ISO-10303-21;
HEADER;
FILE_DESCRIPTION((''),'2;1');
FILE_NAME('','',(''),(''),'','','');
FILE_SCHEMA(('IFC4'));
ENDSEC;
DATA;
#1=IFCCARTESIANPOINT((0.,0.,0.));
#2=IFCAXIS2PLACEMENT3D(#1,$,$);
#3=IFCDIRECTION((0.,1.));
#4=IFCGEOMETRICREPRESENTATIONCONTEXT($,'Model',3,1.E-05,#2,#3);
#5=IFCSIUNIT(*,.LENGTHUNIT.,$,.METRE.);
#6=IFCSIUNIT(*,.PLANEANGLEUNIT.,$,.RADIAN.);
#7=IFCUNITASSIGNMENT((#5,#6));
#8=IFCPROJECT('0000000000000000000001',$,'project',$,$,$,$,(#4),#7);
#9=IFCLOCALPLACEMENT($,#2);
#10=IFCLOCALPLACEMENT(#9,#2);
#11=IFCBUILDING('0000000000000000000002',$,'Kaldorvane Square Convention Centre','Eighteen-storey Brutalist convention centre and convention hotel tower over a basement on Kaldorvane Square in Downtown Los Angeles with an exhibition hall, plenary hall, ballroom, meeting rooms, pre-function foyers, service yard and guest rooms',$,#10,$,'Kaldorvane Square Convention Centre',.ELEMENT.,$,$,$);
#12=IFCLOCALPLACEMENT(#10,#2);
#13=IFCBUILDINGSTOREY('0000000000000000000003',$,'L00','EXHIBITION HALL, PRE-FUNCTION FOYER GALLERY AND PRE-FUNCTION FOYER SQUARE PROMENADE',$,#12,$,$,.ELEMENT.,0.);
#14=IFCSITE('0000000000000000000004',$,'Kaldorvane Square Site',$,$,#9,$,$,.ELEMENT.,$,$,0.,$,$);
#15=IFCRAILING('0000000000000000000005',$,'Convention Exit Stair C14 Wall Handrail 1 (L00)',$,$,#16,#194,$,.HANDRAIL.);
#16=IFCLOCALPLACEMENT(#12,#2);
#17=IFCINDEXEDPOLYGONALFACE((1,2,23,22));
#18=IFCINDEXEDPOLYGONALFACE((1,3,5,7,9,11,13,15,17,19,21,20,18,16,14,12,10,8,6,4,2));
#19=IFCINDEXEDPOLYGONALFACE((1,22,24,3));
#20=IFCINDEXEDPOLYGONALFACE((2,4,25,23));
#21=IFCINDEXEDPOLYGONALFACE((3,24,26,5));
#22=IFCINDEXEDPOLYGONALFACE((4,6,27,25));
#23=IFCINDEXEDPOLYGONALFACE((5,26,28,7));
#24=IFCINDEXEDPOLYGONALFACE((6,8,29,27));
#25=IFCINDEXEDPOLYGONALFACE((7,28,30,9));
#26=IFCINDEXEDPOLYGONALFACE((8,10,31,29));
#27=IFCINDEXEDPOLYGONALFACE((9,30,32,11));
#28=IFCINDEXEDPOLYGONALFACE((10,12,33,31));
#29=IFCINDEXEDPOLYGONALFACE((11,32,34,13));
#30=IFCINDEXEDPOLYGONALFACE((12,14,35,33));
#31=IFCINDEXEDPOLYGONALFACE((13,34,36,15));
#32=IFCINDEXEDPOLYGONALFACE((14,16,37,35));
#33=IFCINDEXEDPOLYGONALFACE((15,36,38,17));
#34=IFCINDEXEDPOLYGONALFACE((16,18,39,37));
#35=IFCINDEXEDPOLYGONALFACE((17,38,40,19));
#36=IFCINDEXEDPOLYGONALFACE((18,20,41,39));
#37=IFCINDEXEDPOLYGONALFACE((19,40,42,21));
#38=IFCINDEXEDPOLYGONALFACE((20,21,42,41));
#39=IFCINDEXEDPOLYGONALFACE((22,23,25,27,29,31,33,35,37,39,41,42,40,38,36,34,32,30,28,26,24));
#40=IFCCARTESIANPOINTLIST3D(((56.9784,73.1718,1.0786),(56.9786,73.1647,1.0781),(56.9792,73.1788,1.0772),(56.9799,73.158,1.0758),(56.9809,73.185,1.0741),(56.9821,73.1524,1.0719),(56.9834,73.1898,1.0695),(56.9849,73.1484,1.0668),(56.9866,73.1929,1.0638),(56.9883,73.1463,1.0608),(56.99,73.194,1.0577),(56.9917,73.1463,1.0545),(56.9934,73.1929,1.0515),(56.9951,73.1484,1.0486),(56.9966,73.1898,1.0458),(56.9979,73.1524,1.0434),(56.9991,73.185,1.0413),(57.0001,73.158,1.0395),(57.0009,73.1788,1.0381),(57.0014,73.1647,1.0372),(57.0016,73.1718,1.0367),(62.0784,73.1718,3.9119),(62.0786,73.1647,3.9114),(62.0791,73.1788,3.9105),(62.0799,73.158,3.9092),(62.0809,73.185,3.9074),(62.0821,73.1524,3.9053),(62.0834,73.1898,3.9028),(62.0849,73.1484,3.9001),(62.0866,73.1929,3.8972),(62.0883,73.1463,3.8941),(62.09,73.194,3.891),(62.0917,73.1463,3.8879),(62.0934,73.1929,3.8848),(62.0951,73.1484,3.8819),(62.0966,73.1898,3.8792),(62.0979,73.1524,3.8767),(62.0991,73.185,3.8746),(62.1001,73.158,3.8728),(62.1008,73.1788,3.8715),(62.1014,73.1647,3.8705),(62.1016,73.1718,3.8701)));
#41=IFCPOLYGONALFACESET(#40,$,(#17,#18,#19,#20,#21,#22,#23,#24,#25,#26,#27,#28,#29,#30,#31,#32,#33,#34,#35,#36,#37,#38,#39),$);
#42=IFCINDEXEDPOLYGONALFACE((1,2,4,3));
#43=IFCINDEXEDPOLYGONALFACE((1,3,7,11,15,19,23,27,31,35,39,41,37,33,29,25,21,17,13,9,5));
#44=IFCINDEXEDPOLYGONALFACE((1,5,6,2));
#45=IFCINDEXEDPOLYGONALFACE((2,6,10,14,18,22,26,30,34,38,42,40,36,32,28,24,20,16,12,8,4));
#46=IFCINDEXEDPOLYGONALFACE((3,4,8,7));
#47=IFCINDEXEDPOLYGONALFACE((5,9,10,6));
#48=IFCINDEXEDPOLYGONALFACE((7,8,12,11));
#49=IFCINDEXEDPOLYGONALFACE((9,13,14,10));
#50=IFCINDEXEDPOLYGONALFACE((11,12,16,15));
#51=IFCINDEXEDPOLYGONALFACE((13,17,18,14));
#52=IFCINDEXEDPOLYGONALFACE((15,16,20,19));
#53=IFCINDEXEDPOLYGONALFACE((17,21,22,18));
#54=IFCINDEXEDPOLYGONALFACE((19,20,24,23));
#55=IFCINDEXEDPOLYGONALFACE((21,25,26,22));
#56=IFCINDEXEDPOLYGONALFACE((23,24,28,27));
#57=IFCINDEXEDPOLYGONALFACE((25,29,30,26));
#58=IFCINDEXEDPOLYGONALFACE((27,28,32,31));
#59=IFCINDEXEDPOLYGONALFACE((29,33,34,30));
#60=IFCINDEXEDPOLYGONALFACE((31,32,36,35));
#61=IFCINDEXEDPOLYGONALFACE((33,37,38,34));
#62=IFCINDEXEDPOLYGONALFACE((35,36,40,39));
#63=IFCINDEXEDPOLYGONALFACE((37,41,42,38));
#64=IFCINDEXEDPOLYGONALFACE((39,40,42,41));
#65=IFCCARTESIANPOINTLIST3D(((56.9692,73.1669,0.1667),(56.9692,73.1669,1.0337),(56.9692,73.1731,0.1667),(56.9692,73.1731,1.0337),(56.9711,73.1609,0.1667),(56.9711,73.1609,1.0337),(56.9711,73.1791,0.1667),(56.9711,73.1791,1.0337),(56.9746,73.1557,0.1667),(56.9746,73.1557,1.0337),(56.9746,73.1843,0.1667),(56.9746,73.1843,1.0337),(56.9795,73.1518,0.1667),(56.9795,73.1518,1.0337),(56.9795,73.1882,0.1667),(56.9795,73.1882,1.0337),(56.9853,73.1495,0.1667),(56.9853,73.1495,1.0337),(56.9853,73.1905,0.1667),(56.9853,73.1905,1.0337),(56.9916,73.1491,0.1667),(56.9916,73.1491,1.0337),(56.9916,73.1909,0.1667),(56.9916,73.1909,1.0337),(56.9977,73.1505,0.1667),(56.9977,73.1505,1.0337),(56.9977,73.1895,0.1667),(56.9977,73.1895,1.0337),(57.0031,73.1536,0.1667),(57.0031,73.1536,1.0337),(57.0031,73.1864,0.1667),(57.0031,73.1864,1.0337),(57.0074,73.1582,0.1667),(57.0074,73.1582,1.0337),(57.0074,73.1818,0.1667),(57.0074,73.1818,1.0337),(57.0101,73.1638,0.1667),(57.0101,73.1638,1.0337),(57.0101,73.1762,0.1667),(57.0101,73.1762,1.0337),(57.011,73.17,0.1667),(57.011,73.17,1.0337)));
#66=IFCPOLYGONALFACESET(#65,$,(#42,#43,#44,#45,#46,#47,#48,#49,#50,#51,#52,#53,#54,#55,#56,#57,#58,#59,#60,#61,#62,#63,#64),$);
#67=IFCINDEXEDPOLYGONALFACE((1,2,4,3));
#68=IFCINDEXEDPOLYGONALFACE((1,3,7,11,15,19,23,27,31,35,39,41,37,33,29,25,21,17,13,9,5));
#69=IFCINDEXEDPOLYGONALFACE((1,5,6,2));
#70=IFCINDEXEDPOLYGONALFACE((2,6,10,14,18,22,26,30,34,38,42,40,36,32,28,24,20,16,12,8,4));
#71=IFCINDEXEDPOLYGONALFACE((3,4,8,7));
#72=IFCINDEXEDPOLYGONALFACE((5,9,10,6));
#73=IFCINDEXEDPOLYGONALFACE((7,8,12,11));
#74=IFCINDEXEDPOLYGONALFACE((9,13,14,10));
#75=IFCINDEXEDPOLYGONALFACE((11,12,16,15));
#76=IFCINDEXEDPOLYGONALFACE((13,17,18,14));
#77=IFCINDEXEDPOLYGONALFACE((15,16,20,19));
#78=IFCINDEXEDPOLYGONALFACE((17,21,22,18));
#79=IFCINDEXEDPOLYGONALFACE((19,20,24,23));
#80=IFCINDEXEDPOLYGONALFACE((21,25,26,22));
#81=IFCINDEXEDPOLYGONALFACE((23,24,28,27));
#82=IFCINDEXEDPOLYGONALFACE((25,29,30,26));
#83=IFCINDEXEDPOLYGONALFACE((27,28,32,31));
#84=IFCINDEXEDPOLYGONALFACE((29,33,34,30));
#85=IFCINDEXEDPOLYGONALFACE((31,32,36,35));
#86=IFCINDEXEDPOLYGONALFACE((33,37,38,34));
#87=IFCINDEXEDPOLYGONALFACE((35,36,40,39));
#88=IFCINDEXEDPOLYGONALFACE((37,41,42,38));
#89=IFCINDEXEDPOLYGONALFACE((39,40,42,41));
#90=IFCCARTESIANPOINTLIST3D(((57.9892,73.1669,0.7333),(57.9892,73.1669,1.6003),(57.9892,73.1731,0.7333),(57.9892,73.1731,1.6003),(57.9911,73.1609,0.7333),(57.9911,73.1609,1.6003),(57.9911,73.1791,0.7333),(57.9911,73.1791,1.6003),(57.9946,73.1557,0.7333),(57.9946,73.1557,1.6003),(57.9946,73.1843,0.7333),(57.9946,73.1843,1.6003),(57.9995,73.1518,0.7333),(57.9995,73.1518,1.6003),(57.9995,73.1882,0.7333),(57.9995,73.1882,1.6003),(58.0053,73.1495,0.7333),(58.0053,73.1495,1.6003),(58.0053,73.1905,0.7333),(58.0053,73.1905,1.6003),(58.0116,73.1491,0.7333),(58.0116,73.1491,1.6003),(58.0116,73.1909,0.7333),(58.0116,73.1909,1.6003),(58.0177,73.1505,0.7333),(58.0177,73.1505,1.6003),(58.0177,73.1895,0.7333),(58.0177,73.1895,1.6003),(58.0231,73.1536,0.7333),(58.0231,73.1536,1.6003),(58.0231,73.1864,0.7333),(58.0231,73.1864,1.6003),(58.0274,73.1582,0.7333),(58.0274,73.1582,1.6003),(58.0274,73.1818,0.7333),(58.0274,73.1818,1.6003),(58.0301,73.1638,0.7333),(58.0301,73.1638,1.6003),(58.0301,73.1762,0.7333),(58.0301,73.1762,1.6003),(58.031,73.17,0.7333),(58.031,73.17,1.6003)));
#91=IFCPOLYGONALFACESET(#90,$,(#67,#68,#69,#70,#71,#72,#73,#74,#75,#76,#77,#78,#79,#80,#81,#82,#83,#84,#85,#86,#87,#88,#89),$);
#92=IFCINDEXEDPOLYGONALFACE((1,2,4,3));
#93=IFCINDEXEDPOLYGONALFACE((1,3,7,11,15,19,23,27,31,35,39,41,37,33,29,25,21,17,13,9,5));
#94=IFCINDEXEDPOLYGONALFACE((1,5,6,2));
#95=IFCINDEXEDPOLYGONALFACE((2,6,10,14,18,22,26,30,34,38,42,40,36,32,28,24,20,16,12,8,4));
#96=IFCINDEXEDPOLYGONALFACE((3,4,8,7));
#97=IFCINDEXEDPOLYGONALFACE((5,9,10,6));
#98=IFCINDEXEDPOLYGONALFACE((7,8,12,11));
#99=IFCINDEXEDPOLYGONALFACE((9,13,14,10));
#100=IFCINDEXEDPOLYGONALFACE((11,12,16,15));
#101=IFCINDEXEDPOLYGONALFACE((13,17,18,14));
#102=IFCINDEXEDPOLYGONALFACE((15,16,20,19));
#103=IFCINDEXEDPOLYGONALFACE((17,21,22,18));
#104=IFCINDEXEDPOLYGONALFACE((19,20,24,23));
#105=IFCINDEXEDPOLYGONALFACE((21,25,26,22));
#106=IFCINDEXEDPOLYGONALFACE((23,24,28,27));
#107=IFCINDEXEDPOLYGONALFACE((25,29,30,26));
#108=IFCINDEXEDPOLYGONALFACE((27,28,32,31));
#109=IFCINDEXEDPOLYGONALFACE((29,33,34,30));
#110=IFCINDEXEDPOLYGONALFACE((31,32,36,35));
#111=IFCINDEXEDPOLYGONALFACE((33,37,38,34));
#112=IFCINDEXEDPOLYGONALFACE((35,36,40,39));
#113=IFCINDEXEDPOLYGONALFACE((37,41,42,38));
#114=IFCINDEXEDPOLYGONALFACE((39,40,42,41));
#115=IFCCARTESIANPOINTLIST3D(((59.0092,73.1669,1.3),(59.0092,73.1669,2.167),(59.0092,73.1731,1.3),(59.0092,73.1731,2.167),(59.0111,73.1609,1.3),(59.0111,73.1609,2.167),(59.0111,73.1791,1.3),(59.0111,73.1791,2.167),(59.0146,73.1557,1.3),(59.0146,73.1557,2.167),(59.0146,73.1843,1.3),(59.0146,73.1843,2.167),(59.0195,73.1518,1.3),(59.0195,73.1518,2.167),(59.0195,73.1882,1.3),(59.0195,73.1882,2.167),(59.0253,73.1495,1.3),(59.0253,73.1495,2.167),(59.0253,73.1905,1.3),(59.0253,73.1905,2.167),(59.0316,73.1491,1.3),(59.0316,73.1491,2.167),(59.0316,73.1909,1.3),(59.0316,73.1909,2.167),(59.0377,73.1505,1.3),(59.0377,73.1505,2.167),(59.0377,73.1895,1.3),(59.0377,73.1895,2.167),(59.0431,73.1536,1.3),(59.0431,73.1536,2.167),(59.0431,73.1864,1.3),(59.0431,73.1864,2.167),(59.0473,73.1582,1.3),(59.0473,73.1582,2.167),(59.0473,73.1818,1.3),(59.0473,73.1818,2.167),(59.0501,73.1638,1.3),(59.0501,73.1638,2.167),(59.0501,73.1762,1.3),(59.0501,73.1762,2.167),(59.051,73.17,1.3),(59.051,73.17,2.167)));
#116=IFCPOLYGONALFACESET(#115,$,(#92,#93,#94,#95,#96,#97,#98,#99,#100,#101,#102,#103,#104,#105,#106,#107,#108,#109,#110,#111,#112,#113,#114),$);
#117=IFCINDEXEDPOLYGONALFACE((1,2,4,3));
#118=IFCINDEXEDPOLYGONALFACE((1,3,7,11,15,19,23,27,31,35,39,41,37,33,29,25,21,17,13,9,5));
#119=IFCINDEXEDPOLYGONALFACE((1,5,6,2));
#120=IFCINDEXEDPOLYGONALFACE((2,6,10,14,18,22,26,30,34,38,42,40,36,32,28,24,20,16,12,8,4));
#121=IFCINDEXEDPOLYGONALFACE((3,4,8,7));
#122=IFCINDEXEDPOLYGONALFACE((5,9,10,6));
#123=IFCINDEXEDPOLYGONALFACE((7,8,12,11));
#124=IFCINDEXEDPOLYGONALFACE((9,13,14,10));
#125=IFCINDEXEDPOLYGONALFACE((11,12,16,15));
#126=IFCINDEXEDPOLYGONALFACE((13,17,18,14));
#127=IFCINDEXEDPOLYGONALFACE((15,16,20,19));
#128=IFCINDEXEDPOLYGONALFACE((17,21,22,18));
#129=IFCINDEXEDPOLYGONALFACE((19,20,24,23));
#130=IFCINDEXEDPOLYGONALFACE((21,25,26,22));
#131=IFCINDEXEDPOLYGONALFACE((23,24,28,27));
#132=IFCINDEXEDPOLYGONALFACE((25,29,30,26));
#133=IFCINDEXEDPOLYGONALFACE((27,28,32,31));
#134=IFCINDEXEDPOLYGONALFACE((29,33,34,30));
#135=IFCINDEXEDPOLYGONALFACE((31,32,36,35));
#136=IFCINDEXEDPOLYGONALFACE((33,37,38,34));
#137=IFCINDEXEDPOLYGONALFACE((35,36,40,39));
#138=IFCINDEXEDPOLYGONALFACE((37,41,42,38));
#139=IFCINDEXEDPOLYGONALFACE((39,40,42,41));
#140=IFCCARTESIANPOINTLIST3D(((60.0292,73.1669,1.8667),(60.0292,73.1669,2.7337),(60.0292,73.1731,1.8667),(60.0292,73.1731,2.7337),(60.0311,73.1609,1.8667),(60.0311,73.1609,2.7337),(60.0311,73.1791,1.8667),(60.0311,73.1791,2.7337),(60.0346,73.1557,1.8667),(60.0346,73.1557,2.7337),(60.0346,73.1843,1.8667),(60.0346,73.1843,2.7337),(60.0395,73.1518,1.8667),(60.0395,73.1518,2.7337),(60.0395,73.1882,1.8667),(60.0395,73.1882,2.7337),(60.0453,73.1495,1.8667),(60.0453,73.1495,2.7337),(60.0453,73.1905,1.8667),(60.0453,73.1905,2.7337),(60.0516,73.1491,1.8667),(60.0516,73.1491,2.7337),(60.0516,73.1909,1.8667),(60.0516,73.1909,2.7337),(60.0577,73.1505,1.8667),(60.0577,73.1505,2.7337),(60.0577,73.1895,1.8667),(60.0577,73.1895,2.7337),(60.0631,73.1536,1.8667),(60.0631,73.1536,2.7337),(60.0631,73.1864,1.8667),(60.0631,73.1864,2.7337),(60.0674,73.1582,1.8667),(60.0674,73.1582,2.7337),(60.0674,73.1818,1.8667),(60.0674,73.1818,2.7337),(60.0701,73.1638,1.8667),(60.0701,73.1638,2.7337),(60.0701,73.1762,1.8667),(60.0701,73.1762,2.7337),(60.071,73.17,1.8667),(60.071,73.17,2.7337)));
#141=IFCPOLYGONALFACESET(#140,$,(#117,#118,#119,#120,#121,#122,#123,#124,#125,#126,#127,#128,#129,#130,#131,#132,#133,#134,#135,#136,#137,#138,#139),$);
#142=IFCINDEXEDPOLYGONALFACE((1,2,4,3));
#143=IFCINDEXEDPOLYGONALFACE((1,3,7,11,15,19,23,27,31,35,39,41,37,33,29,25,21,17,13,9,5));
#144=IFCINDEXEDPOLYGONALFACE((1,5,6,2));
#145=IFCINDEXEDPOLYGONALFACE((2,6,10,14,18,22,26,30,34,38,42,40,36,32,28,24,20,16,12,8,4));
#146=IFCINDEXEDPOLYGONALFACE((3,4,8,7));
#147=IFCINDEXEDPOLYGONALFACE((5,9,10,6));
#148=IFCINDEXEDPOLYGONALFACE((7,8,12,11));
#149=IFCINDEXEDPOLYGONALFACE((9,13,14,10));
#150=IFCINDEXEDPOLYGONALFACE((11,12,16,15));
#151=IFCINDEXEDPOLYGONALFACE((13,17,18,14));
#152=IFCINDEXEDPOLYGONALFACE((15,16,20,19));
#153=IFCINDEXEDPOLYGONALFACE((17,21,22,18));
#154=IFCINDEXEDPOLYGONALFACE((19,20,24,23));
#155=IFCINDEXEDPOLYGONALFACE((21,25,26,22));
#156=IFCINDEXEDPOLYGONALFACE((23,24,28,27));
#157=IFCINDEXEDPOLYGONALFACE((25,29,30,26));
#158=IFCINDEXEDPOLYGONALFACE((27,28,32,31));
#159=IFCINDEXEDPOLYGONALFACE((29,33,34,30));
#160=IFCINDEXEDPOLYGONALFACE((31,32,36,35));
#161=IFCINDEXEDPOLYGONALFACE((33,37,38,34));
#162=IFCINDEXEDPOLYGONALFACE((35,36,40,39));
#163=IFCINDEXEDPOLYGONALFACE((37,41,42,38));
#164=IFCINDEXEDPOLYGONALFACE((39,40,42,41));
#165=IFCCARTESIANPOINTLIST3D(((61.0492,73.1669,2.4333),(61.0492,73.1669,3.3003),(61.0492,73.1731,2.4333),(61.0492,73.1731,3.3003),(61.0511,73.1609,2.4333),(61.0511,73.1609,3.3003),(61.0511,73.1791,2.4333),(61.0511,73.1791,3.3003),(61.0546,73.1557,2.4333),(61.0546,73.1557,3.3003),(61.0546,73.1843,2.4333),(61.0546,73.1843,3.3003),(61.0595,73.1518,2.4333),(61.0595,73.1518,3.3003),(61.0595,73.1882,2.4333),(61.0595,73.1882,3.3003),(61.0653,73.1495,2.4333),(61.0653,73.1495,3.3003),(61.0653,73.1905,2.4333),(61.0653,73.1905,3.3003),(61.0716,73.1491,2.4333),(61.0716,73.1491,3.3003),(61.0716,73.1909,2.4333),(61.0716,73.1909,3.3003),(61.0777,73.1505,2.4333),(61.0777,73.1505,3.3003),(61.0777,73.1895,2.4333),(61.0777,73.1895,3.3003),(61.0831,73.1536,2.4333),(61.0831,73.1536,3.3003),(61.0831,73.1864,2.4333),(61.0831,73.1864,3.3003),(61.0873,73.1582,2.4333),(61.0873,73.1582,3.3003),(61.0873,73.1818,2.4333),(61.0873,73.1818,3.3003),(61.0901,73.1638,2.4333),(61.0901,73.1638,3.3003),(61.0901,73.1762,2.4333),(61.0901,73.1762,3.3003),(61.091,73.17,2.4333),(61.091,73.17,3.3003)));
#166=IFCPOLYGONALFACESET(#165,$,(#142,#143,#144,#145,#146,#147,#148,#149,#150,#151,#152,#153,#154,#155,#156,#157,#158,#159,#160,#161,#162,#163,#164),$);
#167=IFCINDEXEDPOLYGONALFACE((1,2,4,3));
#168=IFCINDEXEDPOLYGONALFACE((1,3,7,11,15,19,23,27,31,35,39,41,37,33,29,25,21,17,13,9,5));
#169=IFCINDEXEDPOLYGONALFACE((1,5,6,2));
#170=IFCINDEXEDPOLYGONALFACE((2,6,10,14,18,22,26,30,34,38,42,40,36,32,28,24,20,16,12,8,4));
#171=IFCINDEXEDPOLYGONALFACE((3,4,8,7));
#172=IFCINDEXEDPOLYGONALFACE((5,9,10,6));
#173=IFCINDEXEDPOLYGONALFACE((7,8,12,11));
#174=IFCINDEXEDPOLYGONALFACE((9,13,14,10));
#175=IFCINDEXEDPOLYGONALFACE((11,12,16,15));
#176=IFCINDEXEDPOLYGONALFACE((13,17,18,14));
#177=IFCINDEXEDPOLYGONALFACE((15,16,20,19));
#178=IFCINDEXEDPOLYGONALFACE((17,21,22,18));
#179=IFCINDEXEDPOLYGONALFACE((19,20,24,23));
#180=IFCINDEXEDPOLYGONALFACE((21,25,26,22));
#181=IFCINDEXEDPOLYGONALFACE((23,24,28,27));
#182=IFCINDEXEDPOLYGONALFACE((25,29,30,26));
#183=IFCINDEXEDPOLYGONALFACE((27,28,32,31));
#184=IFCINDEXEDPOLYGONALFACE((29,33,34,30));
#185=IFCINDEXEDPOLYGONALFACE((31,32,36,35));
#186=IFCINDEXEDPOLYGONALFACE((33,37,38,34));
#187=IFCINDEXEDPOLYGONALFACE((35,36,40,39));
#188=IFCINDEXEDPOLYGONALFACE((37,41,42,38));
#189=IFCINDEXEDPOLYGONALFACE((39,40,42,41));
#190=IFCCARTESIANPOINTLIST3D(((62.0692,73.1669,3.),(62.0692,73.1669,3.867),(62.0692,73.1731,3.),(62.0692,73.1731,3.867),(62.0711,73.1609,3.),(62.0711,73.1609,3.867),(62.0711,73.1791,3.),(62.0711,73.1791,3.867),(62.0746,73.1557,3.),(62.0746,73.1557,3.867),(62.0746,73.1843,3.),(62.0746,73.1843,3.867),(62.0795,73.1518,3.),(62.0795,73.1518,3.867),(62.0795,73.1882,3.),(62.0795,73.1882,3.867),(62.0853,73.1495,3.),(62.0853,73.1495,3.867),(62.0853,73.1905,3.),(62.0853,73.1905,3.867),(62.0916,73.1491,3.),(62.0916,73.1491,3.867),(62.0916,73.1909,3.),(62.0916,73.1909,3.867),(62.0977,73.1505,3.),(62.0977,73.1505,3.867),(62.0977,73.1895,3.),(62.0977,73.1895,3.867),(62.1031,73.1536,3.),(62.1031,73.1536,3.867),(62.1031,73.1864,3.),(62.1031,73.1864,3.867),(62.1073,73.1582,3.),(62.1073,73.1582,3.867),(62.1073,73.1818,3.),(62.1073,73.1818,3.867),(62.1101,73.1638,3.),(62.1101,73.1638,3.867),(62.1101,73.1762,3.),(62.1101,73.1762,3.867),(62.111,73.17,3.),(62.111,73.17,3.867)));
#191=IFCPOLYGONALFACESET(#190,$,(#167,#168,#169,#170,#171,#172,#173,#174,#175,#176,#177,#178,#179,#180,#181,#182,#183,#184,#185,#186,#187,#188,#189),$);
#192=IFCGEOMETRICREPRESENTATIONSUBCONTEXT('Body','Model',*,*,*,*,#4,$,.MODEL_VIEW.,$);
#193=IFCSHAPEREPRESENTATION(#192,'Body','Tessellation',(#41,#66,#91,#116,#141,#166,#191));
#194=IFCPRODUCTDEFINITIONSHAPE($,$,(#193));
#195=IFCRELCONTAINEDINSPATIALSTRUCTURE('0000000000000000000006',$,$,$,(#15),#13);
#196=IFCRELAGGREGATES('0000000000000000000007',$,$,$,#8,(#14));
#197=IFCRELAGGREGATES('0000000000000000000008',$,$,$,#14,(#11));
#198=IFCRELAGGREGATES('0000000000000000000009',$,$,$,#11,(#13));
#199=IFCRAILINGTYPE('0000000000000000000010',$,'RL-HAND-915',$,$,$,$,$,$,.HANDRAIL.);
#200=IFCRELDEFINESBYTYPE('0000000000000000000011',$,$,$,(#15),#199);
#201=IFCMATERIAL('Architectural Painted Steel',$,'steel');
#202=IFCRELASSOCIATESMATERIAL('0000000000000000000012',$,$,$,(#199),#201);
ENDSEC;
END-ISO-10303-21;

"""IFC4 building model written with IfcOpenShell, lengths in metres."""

from ifc_helpers import new_model, si_unit, direction, frame, origin, origin_2d, place, context, subcontext, project, spatial, circle, extrude, material, type_object, element, save


model = new_model("IFC4")

# Units and contexts
model_context = context("Model", 3, precision=1e-05, world=origin(), true_north=direction((0.0, 1.0)))
body_context = subcontext(model_context, "Body", "Model", "MODEL_VIEW")
ifc_project = project(units=[si_unit("LENGTHUNIT", "METRE"), si_unit("PLANEANGLEUNIT", "RADIAN")], contexts=[model_context])

# Site, building, storey
site_placement = place(None, origin())
site = spatial("IfcSite", under=ifc_project, at=site_placement, Name="Kaldorvane Square Site", CompositionType="ELEMENT", RefElevation=0.0)
building_placement = place(site_placement, origin())
building = spatial("IfcBuilding", under=site, at=building_placement, Name="Kaldorvane Square Convention Centre", Description="Eighteen-storey Brutalist convention centre and convention hotel tower over a basement on Kaldorvane Square in Downtown Los Angeles with an exhibition hall, plenary hall, ballroom, meeting rooms, pre-function foyers, service yard and guest rooms", LongName="Kaldorvane Square Convention Centre", CompositionType="ELEMENT")
storey_placement = place(building_placement, origin())
storey = spatial("IfcBuildingStorey", under=building, at=storey_placement, Name="L00", Description="EXHIBITION HALL, PRE-FUNCTION FOYER GALLERY AND PRE-FUNCTION FOYER SQUARE PROMENADE", CompositionType="ELEMENT", Elevation=0.0)

# Railing
ifc_material_1 = material(Name="Architectural Painted Steel", Category="steel")
railing_type_1 = type_object("IfcRailingType", Name="RL-HAND-915", PredefinedType="HANDRAIL", material=ifc_material_1)
railing_1_placement = place(storey_placement, frame((56.99, 73.17, 0.1667)))
element("IfcRailing", 1, at=railing_1_placement, inside=storey, type_object=railing_type_1, Name="Convention Exit Stair C14 Wall Handrail 1 (L00)", PredefinedType="HANDRAIL", context=body_context, shape_type="SweptSolid", body=[
    extrude(circle(Radius=0.024, at=origin_2d()), frame((0.0, 0.0, 0.891), z_axis=(0.874157, 0.0, 0.485643), x_axis=(0.0, 1.0, 0.0)), (0.0, 0.0, 1.0), 5.8342),
    extrude(circle(Radius=0.021, at=origin_2d()), origin(), (0.0, 0.0, 1.0), 0.867),
    extrude(circle(Radius=0.021, at=origin_2d()), frame((1.02, 0.0, 0.5667)), (0.0, 0.0, 1.0), 0.867),
    extrude(circle(Radius=0.021, at=origin_2d()), frame((2.04, 0.0, 1.1333)), (0.0, 0.0, 1.0), 0.867),
    extrude(circle(Radius=0.021, at=origin_2d()), frame((3.06, 0.0, 1.7)), (0.0, 0.0, 1.0), 0.867),
    extrude(circle(Radius=0.021, at=origin_2d()), frame((4.08, 0.0, 2.2667)), (0.0, 0.0, 1.0), 0.867),
    extrude(circle(Radius=0.021, at=origin_2d()), frame((5.1, 0.0, 2.8333)), (0.0, 0.0, 1.0), 0.867),
])

save(model, "model.ifc")
